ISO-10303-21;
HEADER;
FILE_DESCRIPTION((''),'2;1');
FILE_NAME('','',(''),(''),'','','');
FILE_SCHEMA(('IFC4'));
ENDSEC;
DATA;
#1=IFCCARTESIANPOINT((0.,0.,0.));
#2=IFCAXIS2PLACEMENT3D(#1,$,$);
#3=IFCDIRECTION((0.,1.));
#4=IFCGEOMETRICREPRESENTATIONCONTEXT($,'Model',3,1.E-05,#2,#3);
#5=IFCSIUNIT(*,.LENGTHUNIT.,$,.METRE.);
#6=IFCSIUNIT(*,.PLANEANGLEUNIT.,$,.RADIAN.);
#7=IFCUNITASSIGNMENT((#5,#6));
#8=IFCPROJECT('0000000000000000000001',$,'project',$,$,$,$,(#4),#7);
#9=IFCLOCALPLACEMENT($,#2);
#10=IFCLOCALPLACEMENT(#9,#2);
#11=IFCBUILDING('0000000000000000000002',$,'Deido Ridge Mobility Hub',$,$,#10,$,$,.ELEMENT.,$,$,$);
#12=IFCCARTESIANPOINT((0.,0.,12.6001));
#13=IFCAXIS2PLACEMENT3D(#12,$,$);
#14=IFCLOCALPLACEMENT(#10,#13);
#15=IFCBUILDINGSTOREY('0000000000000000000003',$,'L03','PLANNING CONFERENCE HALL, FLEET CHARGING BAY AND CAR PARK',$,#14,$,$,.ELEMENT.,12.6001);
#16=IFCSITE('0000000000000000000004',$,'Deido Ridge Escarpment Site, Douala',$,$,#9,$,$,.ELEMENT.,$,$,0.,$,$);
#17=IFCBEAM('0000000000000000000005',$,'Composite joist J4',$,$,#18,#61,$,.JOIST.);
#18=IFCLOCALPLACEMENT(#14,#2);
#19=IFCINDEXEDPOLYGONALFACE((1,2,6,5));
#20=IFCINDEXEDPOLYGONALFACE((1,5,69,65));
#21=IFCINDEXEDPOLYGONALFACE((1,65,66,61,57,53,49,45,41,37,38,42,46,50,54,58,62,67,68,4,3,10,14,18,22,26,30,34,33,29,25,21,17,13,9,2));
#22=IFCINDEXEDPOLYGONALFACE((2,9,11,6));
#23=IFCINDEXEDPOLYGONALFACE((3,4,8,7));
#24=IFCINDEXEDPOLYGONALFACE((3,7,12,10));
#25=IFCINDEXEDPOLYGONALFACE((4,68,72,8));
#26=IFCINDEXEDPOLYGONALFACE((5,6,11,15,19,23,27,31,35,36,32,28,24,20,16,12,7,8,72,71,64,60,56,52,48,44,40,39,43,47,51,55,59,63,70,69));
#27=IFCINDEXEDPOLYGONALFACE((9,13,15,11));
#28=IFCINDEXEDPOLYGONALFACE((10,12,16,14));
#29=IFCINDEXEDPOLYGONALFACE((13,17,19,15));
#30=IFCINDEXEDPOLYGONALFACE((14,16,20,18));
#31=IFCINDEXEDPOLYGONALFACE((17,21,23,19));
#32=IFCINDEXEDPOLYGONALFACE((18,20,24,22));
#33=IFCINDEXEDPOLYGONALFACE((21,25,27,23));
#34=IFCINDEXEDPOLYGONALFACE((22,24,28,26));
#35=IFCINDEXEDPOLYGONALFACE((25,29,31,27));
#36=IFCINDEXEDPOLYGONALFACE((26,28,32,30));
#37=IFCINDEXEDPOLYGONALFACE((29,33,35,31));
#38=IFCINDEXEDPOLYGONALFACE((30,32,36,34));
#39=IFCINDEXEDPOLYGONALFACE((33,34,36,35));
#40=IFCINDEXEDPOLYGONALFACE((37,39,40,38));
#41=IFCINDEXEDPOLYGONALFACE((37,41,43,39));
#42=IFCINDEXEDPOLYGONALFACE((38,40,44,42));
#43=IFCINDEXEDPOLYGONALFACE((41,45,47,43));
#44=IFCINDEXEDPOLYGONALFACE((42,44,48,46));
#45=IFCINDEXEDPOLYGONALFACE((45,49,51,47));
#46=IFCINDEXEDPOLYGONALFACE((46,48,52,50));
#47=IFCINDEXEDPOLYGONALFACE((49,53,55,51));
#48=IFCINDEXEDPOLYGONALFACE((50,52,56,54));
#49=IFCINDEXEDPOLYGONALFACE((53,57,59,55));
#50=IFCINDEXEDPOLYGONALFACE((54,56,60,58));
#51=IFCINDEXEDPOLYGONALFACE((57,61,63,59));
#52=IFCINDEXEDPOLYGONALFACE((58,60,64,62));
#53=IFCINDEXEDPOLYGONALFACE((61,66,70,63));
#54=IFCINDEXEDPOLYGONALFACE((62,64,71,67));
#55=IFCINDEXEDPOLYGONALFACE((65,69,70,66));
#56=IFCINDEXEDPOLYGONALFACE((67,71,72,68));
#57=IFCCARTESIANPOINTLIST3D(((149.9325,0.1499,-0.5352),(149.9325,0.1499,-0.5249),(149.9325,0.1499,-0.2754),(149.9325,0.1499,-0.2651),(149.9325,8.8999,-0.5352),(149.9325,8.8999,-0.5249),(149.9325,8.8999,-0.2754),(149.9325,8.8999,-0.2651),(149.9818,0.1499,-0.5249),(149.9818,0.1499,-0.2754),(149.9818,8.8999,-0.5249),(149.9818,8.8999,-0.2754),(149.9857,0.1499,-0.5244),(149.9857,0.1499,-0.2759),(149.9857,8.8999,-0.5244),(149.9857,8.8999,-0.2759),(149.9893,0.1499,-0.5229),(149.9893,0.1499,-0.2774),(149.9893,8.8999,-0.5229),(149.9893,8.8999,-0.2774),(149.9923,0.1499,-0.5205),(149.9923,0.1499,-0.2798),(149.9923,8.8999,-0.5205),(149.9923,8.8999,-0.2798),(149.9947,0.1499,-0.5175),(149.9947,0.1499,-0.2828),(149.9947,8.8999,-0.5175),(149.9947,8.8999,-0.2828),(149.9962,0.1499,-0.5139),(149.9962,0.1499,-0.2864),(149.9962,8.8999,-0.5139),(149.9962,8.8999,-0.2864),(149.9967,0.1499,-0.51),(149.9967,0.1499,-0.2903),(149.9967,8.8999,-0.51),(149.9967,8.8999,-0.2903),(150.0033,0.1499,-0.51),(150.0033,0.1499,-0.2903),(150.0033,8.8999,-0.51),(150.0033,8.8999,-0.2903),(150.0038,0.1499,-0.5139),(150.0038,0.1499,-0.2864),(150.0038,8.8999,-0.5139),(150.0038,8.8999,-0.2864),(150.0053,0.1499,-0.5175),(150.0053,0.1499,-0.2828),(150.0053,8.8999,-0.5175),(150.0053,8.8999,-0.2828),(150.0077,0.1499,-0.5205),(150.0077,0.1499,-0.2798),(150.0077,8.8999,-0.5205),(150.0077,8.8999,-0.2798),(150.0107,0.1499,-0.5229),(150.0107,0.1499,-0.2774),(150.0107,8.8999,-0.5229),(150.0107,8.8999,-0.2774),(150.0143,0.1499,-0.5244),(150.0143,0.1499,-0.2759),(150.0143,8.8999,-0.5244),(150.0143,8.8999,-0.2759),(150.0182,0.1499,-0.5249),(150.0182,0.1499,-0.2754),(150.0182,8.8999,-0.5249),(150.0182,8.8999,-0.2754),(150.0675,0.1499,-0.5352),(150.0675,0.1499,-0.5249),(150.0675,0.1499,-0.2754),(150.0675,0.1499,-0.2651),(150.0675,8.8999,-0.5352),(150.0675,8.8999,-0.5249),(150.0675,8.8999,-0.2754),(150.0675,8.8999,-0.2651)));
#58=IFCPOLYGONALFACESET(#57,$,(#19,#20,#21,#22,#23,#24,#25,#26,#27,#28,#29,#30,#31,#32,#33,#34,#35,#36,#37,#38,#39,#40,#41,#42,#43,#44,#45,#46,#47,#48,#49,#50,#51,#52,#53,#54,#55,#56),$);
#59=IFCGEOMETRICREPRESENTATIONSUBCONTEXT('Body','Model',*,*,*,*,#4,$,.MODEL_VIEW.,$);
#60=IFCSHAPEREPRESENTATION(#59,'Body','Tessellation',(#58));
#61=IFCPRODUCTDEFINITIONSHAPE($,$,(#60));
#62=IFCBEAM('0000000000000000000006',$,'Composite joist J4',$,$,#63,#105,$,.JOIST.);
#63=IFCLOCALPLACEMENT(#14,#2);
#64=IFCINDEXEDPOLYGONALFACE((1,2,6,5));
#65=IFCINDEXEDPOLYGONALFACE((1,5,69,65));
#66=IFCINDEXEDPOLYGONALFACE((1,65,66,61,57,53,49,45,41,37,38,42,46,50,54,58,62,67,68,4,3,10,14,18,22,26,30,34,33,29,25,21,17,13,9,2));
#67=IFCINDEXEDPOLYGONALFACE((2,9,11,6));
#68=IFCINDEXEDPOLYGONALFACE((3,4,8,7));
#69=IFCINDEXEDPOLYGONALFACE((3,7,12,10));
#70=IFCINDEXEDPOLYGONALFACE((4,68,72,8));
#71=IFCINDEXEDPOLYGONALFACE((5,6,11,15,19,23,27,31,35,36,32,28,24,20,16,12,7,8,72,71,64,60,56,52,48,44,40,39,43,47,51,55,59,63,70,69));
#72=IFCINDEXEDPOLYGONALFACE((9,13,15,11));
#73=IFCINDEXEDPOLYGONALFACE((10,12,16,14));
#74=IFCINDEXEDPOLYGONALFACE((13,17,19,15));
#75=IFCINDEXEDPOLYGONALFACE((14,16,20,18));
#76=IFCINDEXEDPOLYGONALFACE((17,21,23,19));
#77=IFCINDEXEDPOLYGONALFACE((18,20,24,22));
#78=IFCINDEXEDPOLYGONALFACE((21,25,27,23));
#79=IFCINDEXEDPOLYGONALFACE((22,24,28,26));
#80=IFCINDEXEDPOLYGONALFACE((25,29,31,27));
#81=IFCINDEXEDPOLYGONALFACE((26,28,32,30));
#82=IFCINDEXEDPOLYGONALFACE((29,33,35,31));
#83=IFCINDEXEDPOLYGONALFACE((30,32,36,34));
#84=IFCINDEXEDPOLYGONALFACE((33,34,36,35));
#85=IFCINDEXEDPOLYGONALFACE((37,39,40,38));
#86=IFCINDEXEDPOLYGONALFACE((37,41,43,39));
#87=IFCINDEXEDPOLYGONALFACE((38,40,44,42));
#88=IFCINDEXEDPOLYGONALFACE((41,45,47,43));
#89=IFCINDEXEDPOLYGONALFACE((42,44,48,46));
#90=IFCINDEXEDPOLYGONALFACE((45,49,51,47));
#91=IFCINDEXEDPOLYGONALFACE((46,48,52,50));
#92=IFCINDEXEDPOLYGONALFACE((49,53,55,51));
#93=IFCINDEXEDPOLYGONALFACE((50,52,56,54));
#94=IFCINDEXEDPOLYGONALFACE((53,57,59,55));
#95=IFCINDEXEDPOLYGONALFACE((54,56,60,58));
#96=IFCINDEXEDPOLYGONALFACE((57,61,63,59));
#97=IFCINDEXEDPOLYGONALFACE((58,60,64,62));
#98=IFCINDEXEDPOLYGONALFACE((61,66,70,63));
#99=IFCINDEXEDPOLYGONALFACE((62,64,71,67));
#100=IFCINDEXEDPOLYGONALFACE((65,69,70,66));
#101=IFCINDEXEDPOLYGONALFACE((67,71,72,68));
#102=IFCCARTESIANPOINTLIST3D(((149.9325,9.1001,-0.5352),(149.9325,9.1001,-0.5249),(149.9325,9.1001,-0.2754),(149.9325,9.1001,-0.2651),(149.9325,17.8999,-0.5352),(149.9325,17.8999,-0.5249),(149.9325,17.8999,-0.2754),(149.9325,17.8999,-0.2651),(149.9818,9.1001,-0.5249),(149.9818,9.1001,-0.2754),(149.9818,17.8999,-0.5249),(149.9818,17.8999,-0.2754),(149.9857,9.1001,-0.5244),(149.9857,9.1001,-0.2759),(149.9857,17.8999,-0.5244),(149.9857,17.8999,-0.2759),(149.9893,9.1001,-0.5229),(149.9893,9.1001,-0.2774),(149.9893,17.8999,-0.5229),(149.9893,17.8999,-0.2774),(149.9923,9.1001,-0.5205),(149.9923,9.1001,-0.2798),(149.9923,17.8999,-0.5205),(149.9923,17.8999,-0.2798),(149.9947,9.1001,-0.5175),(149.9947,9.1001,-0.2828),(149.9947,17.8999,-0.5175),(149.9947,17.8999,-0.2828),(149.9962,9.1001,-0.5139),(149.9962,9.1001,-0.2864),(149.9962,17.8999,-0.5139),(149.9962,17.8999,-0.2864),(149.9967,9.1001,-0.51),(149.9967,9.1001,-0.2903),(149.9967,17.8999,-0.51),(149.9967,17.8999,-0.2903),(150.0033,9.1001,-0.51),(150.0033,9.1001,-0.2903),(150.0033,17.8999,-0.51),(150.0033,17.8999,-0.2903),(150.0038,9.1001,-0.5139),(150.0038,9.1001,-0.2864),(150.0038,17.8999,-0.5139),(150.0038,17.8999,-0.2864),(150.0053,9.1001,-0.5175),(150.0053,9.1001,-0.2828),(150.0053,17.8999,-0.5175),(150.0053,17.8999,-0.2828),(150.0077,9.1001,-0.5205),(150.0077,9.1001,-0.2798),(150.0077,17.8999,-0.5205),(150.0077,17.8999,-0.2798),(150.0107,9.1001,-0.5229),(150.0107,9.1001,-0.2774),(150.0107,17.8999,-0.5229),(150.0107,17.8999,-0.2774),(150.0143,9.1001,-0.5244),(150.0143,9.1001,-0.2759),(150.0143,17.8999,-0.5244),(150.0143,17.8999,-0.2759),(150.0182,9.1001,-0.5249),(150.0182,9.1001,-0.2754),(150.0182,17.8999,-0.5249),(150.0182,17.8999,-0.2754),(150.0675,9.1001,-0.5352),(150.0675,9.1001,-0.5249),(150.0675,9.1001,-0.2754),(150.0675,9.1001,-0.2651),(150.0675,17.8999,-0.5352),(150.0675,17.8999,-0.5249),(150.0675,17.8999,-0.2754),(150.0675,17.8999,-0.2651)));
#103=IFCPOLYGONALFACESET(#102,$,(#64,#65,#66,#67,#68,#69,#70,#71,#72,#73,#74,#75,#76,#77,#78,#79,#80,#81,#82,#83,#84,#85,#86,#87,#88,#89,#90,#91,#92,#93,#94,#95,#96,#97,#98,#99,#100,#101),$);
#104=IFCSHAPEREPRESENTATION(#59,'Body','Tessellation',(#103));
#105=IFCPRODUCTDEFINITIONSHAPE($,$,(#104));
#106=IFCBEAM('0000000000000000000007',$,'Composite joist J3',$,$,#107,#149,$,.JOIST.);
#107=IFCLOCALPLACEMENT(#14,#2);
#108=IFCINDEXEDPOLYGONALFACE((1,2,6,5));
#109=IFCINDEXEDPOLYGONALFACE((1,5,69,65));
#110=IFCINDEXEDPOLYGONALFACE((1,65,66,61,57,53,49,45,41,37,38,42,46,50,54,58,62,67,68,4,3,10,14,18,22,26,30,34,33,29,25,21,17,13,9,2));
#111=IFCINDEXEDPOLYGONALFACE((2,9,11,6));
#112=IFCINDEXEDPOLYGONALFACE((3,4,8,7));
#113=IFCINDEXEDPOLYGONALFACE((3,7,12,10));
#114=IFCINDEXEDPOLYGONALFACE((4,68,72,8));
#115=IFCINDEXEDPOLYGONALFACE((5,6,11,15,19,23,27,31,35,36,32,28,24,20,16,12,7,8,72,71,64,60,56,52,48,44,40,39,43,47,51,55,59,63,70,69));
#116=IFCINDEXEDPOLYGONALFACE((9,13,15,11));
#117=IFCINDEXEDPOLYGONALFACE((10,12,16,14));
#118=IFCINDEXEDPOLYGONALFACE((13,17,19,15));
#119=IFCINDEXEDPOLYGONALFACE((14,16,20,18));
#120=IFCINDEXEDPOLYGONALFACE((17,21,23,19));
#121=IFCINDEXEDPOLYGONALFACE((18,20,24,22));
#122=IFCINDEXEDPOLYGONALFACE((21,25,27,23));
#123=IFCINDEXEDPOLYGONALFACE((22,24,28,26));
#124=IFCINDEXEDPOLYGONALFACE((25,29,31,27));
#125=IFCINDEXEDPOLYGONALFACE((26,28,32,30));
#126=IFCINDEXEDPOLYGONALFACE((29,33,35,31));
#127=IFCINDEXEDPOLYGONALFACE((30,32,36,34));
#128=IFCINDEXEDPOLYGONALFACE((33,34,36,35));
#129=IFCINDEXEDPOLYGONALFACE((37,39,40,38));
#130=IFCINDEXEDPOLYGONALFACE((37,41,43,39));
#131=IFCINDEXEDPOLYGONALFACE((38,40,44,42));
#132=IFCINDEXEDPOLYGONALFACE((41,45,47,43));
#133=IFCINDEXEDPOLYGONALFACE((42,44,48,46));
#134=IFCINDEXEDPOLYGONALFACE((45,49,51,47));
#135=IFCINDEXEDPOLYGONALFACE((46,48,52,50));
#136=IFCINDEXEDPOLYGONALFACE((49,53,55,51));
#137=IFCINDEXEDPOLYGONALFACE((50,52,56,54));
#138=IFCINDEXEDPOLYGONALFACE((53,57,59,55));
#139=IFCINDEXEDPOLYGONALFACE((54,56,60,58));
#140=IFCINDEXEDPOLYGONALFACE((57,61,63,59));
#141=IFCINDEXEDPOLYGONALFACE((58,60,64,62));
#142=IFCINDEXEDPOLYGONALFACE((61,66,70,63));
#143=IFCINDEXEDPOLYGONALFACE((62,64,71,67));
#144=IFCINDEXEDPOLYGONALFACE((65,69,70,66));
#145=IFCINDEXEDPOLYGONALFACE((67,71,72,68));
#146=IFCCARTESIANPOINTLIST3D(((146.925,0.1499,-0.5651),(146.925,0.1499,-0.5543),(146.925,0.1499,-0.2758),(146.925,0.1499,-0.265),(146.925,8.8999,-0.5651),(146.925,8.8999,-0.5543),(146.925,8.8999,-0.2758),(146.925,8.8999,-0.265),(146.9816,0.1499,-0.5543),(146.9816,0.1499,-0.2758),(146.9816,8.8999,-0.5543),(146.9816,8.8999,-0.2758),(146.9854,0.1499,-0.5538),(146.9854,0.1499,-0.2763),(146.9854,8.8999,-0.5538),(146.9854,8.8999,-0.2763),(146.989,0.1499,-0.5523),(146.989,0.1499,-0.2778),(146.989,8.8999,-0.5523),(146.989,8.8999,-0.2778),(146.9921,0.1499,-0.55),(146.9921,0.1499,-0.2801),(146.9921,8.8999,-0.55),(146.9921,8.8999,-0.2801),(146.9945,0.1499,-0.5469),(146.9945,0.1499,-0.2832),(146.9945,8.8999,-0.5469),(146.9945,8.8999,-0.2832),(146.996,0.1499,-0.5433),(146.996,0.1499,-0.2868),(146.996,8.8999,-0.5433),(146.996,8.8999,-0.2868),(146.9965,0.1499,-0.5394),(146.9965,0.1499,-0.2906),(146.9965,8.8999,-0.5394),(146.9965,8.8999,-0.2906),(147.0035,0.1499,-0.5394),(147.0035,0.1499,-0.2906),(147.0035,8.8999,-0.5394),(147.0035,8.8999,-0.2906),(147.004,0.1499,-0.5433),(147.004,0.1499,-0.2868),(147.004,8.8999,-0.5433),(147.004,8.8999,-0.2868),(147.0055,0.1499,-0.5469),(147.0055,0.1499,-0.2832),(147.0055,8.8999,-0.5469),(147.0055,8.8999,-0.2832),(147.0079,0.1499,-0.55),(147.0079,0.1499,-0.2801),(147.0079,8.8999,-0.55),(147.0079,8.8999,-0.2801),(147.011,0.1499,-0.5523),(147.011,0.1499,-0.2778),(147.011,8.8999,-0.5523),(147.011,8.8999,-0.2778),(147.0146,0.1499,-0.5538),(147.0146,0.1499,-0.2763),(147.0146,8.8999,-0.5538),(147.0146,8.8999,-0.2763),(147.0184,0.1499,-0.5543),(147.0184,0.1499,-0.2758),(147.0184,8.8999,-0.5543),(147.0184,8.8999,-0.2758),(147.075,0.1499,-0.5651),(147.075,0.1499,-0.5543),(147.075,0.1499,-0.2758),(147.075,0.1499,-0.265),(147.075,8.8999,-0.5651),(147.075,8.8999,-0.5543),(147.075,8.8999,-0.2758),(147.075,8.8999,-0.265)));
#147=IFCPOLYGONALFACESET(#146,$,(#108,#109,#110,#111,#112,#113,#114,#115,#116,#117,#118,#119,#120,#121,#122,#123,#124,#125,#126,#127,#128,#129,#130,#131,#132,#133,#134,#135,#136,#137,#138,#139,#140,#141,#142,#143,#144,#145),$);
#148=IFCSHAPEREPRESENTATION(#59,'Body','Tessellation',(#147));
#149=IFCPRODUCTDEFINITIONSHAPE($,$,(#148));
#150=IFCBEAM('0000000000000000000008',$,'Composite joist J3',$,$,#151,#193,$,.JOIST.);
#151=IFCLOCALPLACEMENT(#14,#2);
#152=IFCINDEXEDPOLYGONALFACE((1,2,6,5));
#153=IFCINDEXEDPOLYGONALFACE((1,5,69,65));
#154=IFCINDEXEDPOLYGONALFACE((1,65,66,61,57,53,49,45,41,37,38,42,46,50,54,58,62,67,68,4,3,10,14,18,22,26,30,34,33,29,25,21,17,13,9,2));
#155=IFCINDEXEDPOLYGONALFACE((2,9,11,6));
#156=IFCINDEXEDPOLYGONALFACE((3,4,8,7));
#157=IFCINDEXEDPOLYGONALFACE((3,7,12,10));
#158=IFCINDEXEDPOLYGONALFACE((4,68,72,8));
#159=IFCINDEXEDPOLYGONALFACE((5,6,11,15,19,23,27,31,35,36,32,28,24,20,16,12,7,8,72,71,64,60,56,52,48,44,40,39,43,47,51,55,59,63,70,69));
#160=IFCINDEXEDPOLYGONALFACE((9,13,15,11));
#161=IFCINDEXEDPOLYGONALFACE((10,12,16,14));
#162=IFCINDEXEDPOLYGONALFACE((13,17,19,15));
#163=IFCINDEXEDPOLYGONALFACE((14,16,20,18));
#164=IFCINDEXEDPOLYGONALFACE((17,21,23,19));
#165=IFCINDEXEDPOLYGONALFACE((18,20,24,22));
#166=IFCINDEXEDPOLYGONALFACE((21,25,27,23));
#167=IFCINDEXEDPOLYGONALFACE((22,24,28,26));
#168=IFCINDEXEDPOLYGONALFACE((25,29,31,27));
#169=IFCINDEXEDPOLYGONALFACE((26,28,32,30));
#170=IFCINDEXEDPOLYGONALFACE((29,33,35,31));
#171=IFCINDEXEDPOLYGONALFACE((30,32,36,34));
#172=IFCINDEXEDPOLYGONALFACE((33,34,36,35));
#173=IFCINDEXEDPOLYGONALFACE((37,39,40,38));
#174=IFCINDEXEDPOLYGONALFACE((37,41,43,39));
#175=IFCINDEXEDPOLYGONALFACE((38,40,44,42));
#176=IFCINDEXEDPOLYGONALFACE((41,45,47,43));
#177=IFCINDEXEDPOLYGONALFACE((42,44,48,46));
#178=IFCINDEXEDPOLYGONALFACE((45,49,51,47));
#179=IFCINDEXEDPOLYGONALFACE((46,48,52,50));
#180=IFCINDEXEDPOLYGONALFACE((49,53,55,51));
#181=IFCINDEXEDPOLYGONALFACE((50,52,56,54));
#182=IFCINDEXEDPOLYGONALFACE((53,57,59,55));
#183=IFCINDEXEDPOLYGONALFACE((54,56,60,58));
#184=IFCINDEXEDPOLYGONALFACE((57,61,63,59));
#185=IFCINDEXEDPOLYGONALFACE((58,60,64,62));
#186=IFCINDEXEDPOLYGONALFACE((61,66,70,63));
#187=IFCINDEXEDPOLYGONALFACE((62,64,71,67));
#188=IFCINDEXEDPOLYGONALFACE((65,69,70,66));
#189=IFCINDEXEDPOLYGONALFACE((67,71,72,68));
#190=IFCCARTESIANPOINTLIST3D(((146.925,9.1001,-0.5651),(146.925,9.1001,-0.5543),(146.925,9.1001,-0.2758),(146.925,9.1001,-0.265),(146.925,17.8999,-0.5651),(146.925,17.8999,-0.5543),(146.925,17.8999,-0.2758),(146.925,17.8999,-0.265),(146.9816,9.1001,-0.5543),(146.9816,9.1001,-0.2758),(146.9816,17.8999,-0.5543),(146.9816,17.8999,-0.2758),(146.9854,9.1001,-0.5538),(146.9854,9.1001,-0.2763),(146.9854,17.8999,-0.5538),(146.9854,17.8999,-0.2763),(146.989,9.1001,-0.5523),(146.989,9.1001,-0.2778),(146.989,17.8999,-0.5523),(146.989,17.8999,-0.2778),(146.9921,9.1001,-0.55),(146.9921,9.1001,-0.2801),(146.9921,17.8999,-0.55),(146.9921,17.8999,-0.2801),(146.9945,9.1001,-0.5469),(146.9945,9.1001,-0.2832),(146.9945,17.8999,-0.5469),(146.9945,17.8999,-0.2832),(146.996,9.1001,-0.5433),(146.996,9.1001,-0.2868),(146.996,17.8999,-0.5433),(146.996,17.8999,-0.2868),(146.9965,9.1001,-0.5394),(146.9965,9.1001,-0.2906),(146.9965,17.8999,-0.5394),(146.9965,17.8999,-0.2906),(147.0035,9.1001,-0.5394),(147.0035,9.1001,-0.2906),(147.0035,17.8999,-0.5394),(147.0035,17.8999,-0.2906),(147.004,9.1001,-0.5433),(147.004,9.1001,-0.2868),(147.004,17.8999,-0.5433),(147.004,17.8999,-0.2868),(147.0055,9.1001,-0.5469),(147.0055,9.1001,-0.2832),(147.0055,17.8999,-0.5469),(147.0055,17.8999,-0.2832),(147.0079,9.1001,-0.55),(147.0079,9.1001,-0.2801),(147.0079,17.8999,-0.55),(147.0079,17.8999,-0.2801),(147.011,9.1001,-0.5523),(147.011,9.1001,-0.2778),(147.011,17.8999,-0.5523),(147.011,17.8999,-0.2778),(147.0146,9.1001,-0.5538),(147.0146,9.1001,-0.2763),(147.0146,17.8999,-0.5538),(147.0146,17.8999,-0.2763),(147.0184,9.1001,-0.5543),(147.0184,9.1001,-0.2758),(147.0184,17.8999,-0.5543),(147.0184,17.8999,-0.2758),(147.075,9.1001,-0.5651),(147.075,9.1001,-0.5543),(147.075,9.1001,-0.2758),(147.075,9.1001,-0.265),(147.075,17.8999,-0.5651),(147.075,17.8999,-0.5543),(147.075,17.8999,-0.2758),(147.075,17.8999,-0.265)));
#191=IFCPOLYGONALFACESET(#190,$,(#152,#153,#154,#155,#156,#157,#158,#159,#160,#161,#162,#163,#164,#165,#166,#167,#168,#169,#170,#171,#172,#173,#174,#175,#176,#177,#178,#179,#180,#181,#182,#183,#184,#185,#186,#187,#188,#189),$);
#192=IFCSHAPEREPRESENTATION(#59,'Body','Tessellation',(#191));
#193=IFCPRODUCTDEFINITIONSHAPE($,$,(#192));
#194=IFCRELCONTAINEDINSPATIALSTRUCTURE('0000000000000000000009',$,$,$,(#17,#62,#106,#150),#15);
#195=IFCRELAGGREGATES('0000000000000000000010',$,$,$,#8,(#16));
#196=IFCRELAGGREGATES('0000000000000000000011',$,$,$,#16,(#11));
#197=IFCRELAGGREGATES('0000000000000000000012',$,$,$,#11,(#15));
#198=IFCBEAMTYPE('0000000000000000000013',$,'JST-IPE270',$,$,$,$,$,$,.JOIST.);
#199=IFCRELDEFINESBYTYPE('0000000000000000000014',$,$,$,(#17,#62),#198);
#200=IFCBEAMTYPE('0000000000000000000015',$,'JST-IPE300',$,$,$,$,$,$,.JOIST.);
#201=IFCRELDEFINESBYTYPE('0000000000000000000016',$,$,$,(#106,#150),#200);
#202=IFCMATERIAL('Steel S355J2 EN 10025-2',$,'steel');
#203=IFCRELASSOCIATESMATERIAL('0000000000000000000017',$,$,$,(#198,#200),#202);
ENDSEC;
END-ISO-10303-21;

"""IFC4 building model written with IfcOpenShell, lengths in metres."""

from ifc_helpers import new_model, si_unit, direction, frame, origin, origin_2d, place, context, subcontext, project, spatial, i_section, extrude, material, material_profile, profile_set, type_object, element, save


model = new_model("IFC4")

# Units and contexts
model_context = context("Model", 3, precision=1e-05, world=origin(), true_north=direction((0.0, 1.0)))
body_context = subcontext(model_context, "Body", "Model", "MODEL_VIEW")
ifc_project = project(units=[si_unit("LENGTHUNIT", "METRE"), si_unit("PLANEANGLEUNIT", "RADIAN")], contexts=[model_context])

# Site, building, storey
site_placement = place(None, origin())
site = spatial("IfcSite", under=ifc_project, at=site_placement, Name="Deido Ridge Escarpment Site, Douala", CompositionType="ELEMENT", RefElevation=0.0)
building_placement = place(site_placement, origin())
building = spatial("IfcBuilding", under=site, at=building_placement, Name="Deido Ridge Mobility Hub", CompositionType="ELEMENT")
storey_placement = place(building_placement, frame((0.0, 0.0, 12.6001)))
storey = spatial("IfcBuildingStorey", under=building, at=storey_placement, Name="L03", Description="PLANNING CONFERENCE HALL, FLEET CHARGING BAY AND CAR PARK", CompositionType="ELEMENT", Elevation=12.6001)

# Shared definitions
ifc_material_1 = material(Name="Steel S355J2 EN 10025-2", Category="steel")

# Beams
ifc_material_profile_1 = material_profile(ifc_material_1, i_section(OverallWidth=0.135, OverallDepth=0.27, WebThickness=0.0066, FlangeThickness=0.0103, FilletRadius=0.0149, at=origin_2d()), Name="IPE 270")
ifc_profile_set_1 = profile_set([ifc_material_profile_1], Name="Steel S355J2 EN 10025-2")
beam_type_1 = type_object("IfcBeamType", Name="JST-IPE270", PredefinedType="JOIST", material=ifc_profile_set_1)
beam_1_placement = place(storey_placement, frame((150.0, 0.1499, -0.4001), z_axis=(0.0, 1.0, 0.0), x_axis=(-1.0, 0.0, 0.0)))
element("IfcBeam", 1, at=beam_1_placement, inside=storey, type_object=beam_type_1, Name="Composite joist J4", PredefinedType="JOIST", context=body_context, shape_type="SweptSolid", body=[
    extrude(i_section(OverallWidth=0.135, OverallDepth=0.27, WebThickness=0.0066, FlangeThickness=0.0103, FilletRadius=0.0149, at=origin_2d()), origin(), (0.0, 0.0, 1.0), 8.75),
])
beam_2_placement = place(storey_placement, frame((150.0, 9.1001, -0.4001), z_axis=(0.0, 1.0, 0.0), x_axis=(-1.0, 0.0, 0.0)))
element("IfcBeam", 2, at=beam_2_placement, inside=storey, type_object=beam_type_1, Name="Composite joist J4", PredefinedType="JOIST", context=body_context, shape_type="SweptSolid", body=[
    extrude(i_section(OverallWidth=0.135, OverallDepth=0.27, WebThickness=0.0066, FlangeThickness=0.0103, FilletRadius=0.0149, at=origin_2d()), origin(), (0.0, 0.0, 1.0), 8.7998),
])
ifc_material_profile_2 = material_profile(ifc_material_1, i_section(OverallWidth=0.1499, OverallDepth=0.3, WebThickness=0.0071, FlangeThickness=0.0107, FilletRadius=0.0149, at=origin_2d()), Name="IPE 300")
ifc_profile_set_2 = profile_set([ifc_material_profile_2], Name="Steel S355J2 EN 10025-2")
beam_type_2 = type_object("IfcBeamType", Name="JST-IPE300", PredefinedType="JOIST", material=ifc_profile_set_2)
beam_3_placement = place(storey_placement, frame((147.0, 0.1499, -0.415), z_axis=(0.0, 1.0, 0.0), x_axis=(-1.0, 0.0, 0.0)))
element("IfcBeam", 3, at=beam_3_placement, inside=storey, type_object=beam_type_2, Name="Composite joist J3", PredefinedType="JOIST", context=body_context, shape_type="SweptSolid", body=[
    extrude(i_section(OverallWidth=0.1499, OverallDepth=0.3, WebThickness=0.0071, FlangeThickness=0.0107, FilletRadius=0.0149, at=origin_2d()), origin(), (0.0, 0.0, 1.0), 8.75),
])
beam_4_placement = place(storey_placement, frame((147.0, 9.1001, -0.415), z_axis=(0.0, 1.0, 0.0), x_axis=(-1.0, 0.0, 0.0)))
element("IfcBeam", 4, at=beam_4_placement, inside=storey, type_object=beam_type_2, Name="Composite joist J3", PredefinedType="JOIST", context=body_context, shape_type="SweptSolid", body=[
    extrude(i_section(OverallWidth=0.1499, OverallDepth=0.3, WebThickness=0.0071, FlangeThickness=0.0107, FilletRadius=0.0149, at=origin_2d()), origin(), (0.0, 0.0, 1.0), 8.7998),
])

save(model, "model.ifc")
